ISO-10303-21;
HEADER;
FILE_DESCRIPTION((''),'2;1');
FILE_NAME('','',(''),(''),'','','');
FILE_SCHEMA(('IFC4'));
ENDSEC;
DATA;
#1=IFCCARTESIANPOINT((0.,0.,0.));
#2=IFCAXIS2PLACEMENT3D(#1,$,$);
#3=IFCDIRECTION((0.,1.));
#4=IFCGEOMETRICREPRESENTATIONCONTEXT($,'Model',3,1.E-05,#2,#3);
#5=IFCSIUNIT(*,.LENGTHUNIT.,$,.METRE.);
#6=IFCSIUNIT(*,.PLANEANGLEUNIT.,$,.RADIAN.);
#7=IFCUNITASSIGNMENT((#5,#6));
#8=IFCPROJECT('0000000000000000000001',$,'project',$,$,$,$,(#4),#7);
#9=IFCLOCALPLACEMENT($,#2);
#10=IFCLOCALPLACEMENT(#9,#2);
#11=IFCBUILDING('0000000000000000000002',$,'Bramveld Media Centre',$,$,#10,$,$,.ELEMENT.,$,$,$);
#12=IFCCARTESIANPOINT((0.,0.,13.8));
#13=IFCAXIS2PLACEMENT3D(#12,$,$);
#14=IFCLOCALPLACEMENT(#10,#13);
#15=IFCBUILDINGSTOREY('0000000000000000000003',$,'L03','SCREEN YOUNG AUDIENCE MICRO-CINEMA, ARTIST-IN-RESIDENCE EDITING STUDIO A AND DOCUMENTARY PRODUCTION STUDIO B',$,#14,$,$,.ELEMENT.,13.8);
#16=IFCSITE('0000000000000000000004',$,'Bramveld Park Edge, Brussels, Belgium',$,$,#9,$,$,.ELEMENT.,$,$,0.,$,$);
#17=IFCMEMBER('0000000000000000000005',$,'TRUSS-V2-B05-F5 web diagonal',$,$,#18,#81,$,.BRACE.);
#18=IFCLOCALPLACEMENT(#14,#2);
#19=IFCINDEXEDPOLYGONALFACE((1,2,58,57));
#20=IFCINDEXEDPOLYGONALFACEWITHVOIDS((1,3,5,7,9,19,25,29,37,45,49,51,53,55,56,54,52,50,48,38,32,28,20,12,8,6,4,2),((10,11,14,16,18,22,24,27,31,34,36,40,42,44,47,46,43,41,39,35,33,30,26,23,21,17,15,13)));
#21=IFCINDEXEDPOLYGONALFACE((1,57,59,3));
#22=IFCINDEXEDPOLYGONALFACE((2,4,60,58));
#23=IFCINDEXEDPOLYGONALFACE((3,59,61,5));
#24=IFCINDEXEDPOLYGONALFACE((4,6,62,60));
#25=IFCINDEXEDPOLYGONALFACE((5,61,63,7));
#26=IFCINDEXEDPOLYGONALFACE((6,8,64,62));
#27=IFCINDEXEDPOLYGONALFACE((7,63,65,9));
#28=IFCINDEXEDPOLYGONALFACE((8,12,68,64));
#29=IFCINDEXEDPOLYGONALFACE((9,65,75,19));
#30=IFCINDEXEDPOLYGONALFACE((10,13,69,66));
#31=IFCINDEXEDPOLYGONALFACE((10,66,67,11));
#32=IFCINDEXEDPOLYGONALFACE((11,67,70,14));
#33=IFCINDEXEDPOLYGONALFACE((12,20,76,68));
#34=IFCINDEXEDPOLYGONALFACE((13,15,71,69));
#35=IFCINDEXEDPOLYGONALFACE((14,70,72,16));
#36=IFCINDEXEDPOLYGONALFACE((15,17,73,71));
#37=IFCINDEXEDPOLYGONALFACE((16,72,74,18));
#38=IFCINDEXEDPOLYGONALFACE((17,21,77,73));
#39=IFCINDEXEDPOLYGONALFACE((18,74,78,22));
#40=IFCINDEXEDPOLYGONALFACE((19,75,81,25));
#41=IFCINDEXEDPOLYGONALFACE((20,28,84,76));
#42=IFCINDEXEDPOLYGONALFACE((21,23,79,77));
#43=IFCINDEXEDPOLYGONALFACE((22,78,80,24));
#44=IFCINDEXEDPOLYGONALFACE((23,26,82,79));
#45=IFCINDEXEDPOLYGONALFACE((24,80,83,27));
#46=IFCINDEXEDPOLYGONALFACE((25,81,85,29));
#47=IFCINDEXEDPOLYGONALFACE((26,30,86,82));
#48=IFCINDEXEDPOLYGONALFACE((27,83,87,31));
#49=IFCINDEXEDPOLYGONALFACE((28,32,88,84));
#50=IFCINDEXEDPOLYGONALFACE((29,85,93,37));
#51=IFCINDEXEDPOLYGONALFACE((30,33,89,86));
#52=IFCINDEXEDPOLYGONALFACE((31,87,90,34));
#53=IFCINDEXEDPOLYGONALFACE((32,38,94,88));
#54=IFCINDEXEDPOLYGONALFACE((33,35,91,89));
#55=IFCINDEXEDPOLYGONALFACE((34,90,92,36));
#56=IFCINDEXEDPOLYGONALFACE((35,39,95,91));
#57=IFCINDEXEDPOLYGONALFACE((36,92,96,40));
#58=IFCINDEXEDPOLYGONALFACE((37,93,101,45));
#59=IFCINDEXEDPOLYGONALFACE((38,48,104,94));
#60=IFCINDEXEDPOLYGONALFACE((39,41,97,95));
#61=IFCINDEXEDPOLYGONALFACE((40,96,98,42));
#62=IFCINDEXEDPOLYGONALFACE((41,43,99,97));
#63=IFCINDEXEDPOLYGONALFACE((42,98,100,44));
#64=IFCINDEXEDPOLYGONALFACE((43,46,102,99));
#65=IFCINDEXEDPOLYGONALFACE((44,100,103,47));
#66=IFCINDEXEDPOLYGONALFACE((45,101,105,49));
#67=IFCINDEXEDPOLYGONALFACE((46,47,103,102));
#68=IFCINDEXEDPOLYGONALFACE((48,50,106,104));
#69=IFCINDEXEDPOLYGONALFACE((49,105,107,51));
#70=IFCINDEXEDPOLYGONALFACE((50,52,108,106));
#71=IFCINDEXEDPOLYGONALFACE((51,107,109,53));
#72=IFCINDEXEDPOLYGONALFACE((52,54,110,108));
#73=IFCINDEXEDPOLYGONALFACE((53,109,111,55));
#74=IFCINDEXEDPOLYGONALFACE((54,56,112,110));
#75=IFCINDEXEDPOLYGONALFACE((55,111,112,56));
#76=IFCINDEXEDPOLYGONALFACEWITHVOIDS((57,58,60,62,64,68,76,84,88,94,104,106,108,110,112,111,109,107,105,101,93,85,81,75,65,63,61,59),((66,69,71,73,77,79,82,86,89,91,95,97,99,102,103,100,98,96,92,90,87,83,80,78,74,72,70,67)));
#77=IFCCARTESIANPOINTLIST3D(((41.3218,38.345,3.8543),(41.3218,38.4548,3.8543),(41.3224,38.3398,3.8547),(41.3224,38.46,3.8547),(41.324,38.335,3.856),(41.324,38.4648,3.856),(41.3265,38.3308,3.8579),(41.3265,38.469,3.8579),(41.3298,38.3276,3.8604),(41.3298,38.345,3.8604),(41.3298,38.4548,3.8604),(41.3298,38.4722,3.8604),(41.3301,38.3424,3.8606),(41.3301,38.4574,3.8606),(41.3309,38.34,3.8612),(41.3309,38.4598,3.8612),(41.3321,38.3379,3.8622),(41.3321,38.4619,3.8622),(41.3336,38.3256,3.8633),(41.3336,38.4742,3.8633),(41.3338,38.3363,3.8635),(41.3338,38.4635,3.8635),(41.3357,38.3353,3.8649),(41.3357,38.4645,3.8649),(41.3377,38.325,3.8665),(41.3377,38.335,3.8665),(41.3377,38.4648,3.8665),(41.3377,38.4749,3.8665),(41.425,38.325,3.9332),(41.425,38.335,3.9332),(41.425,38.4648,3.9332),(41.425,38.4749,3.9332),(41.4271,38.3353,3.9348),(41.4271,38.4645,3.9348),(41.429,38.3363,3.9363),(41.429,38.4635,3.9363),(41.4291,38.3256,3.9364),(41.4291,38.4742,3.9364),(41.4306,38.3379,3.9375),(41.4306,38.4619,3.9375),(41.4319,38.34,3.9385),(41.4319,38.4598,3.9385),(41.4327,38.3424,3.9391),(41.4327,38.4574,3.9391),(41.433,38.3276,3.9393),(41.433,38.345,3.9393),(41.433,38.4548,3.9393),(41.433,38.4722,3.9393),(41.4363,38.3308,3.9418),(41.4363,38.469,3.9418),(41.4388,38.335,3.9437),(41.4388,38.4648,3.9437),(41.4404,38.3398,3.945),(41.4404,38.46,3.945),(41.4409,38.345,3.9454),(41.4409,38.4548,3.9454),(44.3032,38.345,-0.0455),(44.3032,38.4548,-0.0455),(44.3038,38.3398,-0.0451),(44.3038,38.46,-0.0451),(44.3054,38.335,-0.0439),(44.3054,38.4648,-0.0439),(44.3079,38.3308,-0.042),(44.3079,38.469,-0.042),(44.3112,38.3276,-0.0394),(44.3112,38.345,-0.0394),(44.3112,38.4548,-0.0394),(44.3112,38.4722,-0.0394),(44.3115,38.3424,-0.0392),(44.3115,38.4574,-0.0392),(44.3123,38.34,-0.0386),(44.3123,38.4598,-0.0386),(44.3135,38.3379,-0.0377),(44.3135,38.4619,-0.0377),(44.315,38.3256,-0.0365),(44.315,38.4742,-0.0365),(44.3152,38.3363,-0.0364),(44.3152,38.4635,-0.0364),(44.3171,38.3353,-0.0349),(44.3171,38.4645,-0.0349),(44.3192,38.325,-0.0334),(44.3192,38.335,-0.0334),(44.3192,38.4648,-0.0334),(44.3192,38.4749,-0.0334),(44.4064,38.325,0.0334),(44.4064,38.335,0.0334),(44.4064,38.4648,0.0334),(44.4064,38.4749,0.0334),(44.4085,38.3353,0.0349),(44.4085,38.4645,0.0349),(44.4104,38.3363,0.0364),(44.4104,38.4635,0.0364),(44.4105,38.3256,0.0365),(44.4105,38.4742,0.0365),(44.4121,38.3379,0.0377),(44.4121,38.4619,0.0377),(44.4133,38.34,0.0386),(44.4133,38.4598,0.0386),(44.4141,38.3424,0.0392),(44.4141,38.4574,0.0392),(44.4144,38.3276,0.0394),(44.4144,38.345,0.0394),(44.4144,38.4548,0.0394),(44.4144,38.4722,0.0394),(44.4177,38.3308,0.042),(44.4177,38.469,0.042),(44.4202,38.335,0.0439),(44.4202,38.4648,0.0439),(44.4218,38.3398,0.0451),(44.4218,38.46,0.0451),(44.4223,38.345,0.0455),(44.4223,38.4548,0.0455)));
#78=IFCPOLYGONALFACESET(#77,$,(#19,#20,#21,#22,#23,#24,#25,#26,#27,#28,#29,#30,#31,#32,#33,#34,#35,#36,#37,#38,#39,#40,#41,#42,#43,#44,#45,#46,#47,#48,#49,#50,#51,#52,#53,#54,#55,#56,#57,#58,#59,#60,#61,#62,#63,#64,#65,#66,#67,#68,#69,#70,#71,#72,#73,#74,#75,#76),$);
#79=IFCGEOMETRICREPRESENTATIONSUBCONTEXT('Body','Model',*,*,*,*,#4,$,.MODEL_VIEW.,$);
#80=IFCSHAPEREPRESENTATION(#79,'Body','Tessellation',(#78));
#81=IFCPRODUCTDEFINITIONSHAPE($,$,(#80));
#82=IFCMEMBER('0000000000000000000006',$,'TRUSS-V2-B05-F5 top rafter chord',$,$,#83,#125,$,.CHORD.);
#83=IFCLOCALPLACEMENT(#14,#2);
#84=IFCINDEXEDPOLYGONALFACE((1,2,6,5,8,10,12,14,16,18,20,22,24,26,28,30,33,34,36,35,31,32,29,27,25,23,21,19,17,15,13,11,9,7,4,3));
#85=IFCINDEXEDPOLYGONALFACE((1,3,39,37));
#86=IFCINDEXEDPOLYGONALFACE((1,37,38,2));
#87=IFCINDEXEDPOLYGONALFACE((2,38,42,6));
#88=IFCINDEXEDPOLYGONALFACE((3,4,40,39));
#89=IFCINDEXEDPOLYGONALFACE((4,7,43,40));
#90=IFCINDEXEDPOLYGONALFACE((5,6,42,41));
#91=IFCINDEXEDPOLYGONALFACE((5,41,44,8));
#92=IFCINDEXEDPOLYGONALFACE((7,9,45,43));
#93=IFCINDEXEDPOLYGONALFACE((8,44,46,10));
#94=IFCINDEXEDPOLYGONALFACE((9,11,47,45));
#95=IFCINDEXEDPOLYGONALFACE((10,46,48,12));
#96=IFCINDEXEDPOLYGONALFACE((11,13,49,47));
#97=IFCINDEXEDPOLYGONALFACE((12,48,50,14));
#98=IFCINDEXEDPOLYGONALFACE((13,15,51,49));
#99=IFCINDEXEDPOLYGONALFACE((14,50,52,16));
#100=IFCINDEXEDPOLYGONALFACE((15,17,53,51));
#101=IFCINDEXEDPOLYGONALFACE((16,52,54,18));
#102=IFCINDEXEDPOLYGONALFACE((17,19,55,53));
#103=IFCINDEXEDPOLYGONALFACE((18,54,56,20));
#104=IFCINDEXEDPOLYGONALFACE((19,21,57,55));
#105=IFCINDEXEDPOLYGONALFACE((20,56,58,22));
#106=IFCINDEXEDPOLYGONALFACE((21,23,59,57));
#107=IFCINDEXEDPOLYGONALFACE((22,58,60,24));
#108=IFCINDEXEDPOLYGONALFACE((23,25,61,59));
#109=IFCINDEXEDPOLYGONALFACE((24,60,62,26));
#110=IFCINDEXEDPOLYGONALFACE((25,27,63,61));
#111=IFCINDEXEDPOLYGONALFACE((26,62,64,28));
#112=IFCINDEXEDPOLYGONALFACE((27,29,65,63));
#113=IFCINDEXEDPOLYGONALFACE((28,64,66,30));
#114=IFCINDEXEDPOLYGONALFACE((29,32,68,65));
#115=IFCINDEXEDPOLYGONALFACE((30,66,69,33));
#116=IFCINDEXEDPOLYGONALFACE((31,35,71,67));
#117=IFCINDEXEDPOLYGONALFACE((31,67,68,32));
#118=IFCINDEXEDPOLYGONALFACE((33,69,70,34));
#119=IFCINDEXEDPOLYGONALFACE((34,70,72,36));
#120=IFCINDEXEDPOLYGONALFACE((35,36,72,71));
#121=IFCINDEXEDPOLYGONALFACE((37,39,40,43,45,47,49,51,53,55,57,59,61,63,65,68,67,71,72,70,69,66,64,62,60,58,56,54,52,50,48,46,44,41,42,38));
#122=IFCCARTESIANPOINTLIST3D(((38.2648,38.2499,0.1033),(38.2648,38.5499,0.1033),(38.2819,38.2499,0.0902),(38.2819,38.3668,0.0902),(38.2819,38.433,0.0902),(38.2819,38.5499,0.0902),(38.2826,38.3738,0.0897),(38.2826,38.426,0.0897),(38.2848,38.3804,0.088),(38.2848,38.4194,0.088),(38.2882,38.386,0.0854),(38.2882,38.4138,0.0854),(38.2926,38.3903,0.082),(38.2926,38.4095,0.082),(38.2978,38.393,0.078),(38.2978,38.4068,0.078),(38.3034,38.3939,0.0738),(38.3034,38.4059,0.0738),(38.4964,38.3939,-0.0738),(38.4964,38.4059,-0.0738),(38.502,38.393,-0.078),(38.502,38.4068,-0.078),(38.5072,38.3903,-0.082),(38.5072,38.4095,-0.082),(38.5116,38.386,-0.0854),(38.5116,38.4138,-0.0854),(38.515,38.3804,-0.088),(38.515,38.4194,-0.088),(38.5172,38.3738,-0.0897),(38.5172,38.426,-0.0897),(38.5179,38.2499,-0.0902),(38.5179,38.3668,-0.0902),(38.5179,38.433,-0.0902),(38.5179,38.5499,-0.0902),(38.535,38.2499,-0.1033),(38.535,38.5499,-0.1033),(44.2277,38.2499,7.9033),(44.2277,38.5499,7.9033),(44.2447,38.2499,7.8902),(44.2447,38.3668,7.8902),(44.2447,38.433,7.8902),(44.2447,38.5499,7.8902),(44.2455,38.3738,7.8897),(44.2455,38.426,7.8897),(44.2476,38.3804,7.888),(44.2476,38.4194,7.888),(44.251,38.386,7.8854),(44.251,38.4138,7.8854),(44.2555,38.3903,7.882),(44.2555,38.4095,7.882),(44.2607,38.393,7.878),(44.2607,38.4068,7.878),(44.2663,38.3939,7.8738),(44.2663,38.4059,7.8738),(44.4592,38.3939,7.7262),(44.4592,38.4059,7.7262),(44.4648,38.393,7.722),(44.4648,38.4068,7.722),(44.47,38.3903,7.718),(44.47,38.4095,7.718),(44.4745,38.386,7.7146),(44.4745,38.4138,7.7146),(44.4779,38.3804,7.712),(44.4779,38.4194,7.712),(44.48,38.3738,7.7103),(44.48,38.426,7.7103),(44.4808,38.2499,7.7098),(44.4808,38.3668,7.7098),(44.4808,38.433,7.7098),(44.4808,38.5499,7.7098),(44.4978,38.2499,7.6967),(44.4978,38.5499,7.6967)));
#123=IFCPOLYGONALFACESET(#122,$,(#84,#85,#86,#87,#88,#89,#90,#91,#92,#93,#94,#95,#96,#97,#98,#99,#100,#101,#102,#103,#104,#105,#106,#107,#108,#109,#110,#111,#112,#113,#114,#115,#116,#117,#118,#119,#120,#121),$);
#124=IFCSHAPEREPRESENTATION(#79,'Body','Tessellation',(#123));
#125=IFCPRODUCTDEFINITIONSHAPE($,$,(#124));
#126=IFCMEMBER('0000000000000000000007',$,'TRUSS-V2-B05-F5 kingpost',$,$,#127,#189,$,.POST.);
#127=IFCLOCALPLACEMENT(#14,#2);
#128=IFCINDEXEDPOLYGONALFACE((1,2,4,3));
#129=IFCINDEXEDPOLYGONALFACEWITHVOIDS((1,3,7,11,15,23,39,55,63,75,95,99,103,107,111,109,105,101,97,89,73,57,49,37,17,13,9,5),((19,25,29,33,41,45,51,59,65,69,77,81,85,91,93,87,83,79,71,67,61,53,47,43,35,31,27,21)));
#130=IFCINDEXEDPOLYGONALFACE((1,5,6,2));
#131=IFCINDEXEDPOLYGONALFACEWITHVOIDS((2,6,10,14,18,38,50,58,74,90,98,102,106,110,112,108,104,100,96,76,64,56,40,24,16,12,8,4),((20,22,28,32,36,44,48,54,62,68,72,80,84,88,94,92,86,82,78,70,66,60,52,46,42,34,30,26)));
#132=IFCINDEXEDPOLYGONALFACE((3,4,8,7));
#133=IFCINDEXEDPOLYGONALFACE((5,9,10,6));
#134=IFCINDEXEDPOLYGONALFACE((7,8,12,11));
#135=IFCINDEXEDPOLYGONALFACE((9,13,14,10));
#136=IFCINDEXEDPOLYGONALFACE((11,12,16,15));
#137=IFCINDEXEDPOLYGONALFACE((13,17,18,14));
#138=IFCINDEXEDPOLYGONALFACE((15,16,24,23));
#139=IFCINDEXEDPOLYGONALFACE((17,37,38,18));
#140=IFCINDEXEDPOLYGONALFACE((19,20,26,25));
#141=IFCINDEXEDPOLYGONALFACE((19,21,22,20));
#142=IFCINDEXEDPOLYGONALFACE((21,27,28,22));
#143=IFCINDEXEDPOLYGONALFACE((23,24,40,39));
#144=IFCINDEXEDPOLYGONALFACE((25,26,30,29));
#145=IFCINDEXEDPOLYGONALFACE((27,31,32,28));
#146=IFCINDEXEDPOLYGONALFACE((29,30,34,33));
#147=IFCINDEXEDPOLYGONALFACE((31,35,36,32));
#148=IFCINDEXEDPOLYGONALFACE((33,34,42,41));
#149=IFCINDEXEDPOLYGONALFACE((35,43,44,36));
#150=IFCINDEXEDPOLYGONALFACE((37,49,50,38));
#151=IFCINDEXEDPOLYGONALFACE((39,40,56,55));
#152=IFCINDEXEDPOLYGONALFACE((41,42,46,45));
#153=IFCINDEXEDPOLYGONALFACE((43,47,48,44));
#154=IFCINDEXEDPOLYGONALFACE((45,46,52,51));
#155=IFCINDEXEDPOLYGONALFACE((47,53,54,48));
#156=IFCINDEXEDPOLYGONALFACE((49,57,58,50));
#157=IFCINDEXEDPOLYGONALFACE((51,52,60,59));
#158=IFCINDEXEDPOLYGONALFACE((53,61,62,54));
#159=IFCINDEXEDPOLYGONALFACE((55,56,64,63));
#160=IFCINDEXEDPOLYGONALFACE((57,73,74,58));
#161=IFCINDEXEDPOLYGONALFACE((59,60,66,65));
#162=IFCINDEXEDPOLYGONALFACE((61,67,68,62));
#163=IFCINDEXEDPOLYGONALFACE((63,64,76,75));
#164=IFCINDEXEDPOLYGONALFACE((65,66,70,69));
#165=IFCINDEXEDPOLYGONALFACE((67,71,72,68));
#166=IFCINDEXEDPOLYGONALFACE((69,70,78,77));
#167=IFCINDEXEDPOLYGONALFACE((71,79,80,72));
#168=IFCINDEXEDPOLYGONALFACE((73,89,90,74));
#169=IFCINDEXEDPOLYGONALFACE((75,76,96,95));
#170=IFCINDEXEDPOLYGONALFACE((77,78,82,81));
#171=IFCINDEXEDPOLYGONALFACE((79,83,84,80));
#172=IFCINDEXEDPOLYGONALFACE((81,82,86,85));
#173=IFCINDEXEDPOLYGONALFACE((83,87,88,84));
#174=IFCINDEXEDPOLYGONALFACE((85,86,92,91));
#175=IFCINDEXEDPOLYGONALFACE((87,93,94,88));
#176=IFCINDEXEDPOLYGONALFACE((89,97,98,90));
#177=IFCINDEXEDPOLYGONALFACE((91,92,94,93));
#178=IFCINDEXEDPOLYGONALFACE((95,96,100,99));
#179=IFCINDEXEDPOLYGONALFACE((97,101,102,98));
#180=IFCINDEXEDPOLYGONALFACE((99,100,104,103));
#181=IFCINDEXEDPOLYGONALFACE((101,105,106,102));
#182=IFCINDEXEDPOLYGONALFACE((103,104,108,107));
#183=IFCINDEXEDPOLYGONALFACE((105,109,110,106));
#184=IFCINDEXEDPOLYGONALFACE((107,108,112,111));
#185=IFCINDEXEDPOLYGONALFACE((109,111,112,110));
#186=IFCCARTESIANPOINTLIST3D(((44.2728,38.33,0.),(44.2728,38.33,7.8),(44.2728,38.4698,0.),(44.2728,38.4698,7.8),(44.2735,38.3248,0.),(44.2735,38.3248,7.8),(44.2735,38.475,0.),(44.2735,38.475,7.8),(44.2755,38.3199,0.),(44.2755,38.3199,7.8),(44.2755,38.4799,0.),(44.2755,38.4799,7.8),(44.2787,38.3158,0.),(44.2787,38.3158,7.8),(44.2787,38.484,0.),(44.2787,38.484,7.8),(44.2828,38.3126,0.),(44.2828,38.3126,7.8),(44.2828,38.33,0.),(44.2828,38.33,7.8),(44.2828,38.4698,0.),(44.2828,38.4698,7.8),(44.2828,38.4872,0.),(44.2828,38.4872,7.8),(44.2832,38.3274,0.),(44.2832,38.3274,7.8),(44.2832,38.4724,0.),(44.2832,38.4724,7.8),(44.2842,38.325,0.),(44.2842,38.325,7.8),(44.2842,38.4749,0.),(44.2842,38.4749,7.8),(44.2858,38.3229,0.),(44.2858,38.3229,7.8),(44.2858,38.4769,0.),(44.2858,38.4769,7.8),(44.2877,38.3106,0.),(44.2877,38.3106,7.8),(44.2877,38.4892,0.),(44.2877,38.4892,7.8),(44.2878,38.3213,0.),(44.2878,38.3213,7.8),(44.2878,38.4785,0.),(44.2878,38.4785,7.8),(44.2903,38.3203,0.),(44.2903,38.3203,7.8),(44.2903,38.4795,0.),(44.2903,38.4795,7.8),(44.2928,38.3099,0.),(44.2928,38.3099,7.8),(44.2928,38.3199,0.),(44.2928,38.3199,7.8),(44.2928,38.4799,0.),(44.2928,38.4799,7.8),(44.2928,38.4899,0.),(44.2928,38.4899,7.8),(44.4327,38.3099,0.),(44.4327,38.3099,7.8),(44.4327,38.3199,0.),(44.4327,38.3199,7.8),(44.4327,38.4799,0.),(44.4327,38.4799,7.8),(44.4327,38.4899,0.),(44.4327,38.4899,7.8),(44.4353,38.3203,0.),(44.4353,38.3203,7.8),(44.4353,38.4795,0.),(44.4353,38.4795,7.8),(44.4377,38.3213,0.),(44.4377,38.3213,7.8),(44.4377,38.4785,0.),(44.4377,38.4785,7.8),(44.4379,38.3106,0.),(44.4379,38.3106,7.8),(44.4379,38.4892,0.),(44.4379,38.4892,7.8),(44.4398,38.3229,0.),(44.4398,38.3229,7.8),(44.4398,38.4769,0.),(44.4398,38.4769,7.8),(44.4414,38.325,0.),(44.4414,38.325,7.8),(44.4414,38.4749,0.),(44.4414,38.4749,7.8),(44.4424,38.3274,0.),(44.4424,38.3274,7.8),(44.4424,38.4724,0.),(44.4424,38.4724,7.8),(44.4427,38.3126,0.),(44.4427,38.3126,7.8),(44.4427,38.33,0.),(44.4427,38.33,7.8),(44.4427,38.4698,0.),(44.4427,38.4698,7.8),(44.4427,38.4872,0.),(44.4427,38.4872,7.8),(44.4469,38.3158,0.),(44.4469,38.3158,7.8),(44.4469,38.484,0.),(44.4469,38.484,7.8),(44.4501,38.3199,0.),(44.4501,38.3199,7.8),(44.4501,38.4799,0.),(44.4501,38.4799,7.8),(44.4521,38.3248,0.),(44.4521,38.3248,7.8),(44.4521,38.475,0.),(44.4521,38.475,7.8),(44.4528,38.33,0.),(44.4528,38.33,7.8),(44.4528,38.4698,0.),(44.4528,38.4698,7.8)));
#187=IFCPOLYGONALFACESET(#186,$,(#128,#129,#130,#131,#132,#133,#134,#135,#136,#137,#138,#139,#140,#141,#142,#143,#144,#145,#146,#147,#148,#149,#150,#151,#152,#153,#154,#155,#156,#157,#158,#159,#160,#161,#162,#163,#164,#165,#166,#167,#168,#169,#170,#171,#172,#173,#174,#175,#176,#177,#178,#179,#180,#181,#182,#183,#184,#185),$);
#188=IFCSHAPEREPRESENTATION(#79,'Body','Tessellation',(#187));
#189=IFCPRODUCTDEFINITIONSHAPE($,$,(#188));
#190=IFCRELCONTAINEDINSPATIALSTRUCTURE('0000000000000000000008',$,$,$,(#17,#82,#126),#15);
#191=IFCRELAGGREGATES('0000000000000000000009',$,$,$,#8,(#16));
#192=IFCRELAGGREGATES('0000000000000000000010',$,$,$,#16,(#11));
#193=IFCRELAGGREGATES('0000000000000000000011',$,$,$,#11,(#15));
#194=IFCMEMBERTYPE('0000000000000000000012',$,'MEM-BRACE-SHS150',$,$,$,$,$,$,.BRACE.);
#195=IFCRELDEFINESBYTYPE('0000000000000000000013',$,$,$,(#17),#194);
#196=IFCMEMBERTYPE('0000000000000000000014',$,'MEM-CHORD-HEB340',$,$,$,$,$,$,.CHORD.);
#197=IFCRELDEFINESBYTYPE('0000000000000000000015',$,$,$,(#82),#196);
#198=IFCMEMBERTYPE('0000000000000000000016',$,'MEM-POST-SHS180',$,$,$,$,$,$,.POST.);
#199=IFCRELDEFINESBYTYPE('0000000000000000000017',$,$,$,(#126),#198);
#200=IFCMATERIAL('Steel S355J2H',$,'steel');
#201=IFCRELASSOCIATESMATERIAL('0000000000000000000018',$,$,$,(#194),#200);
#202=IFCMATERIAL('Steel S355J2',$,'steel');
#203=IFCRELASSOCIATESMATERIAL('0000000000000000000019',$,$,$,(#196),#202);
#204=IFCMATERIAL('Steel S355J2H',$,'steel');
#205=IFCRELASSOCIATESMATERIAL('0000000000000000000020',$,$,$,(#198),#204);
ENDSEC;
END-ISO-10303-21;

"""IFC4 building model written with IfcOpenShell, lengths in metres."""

from ifc_helpers import new_model, si_unit, direction, frame, origin, origin_2d, place, context, subcontext, project, spatial, hollow_rectangle, i_section, extrude, material, material_profile, profile_set, type_object, element, save


model = new_model("IFC4")

# Units and contexts
model_context = context("Model", 3, precision=1e-05, world=origin(), true_north=direction((0.0, 1.0)))
body_context = subcontext(model_context, "Body", "Model", "MODEL_VIEW")
ifc_project = project(units=[si_unit("LENGTHUNIT", "METRE"), si_unit("PLANEANGLEUNIT", "RADIAN")], contexts=[model_context])

# Site, building, storey
site_placement = place(None, origin())
site = spatial("IfcSite", under=ifc_project, at=site_placement, Name="Bramveld Park Edge, Brussels, Belgium", CompositionType="ELEMENT", RefElevation=0.0)
building_placement = place(site_placement, origin())
building = spatial("IfcBuilding", under=site, at=building_placement, Name="Bramveld Media Centre", CompositionType="ELEMENT")
storey_placement = place(building_placement, frame((0.0, 0.0, 13.8)))
storey = spatial("IfcBuildingStorey", under=building, at=storey_placement, Name="L03", Description="SCREEN YOUNG AUDIENCE MICRO-CINEMA, ARTIST-IN-RESIDENCE EDITING STUDIO A AND DOCUMENTARY PRODUCTION STUDIO B", CompositionType="ELEMENT", Elevation=13.8)

# Members
ifc_material_1 = material(Name="Steel S355J2H", Category="steel")
ifc_material_profile_1 = material_profile(ifc_material_1, hollow_rectangle(XDim=0.1499, YDim=0.1499, WallThickness=0.01, InnerFilletRadius=0.01, OuterFilletRadius=0.02, at=origin_2d()), Name="SHS 150x150x10")
ifc_profile_set_1 = profile_set([ifc_material_profile_1], Name="Steel S355J2H")
member_type_1 = type_object("IfcMemberType", Name="MEM-BRACE-SHS150", PredefinedType="BRACE", material=ifc_profile_set_1)
member_1_placement = place(storey_placement, frame((44.3628, 38.3999, 0.0), z_axis=(-0.607343, 0.0, 0.79444), x_axis=(0.0, -1.0, 0.0)))
element("IfcMember", 1, at=member_1_placement, inside=storey, type_object=member_type_1, Name="TRUSS-V2-B05-F5 web diagonal", PredefinedType="BRACE", context=body_context, shape_type="SweptSolid", body=[
    extrude(hollow_rectangle(XDim=0.1499, YDim=0.1499, WallThickness=0.01, InnerFilletRadius=0.01, OuterFilletRadius=0.02, at=origin_2d()), origin(), (0.0, 0.0, 1.0), 4.9089),
])
ifc_material_2 = material(Name="Steel S355J2", Category="steel")
ifc_material_profile_2 = material_profile(ifc_material_2, i_section(OverallWidth=0.3, OverallDepth=0.3401, WebThickness=0.012, FlangeThickness=0.0215, FilletRadius=0.0271, at=origin_2d()), Name="HEB 340")
ifc_profile_set_2 = profile_set([ifc_material_profile_2], Name="Steel S355J2")
member_type_2 = type_object("IfcMemberType", Name="MEM-CHORD-HEB340", PredefinedType="CHORD", material=ifc_profile_set_2)
member_2_placement = place(storey_placement, frame((38.3999, 38.3999, 0.0), z_axis=(0.607331, 0.0, 0.794449), x_axis=(0.0, 1.0, 0.0)))
element("IfcMember", 2, at=member_2_placement, inside=storey, type_object=member_type_2, Name="TRUSS-V2-B05-F5 top rafter chord", PredefinedType="CHORD", context=body_context, shape_type="SweptSolid", body=[
    extrude(i_section(OverallWidth=0.3, OverallDepth=0.3401, WebThickness=0.012, FlangeThickness=0.0215, FilletRadius=0.0271, at=origin_2d()), origin(), (0.0, 0.0, 1.0), 9.8181),
])
ifc_material_3 = material(Name="Steel S355J2H", Category="steel")
ifc_material_profile_3 = material_profile(ifc_material_3, hollow_rectangle(XDim=0.1799, YDim=0.1799, WallThickness=0.01, InnerFilletRadius=0.01, OuterFilletRadius=0.02, at=origin_2d()), Name="SHS 180x180x10")
ifc_profile_set_3 = profile_set([ifc_material_profile_3], Name="Steel S355J2H")
member_type_3 = type_object("IfcMemberType", Name="MEM-POST-SHS180", PredefinedType="POST", material=ifc_profile_set_3)
member_3_placement = place(storey_placement, frame((44.3628, 38.3999, 0.0), z_axis=(0.0, 0.0, 1.0), x_axis=(1.0, 0.0, 0.0)))
element("IfcMember", 3, at=member_3_placement, inside=storey, type_object=member_type_3, Name="TRUSS-V2-B05-F5 kingpost", PredefinedType="POST", context=body_context, shape_type="SweptSolid", body=[
    extrude(hollow_rectangle(XDim=0.1799, YDim=0.1799, WallThickness=0.01, InnerFilletRadius=0.01, OuterFilletRadius=0.02, at=origin_2d()), origin(), (0.0, 0.0, 1.0), 7.8),
])

save(model, "model.ifc")
